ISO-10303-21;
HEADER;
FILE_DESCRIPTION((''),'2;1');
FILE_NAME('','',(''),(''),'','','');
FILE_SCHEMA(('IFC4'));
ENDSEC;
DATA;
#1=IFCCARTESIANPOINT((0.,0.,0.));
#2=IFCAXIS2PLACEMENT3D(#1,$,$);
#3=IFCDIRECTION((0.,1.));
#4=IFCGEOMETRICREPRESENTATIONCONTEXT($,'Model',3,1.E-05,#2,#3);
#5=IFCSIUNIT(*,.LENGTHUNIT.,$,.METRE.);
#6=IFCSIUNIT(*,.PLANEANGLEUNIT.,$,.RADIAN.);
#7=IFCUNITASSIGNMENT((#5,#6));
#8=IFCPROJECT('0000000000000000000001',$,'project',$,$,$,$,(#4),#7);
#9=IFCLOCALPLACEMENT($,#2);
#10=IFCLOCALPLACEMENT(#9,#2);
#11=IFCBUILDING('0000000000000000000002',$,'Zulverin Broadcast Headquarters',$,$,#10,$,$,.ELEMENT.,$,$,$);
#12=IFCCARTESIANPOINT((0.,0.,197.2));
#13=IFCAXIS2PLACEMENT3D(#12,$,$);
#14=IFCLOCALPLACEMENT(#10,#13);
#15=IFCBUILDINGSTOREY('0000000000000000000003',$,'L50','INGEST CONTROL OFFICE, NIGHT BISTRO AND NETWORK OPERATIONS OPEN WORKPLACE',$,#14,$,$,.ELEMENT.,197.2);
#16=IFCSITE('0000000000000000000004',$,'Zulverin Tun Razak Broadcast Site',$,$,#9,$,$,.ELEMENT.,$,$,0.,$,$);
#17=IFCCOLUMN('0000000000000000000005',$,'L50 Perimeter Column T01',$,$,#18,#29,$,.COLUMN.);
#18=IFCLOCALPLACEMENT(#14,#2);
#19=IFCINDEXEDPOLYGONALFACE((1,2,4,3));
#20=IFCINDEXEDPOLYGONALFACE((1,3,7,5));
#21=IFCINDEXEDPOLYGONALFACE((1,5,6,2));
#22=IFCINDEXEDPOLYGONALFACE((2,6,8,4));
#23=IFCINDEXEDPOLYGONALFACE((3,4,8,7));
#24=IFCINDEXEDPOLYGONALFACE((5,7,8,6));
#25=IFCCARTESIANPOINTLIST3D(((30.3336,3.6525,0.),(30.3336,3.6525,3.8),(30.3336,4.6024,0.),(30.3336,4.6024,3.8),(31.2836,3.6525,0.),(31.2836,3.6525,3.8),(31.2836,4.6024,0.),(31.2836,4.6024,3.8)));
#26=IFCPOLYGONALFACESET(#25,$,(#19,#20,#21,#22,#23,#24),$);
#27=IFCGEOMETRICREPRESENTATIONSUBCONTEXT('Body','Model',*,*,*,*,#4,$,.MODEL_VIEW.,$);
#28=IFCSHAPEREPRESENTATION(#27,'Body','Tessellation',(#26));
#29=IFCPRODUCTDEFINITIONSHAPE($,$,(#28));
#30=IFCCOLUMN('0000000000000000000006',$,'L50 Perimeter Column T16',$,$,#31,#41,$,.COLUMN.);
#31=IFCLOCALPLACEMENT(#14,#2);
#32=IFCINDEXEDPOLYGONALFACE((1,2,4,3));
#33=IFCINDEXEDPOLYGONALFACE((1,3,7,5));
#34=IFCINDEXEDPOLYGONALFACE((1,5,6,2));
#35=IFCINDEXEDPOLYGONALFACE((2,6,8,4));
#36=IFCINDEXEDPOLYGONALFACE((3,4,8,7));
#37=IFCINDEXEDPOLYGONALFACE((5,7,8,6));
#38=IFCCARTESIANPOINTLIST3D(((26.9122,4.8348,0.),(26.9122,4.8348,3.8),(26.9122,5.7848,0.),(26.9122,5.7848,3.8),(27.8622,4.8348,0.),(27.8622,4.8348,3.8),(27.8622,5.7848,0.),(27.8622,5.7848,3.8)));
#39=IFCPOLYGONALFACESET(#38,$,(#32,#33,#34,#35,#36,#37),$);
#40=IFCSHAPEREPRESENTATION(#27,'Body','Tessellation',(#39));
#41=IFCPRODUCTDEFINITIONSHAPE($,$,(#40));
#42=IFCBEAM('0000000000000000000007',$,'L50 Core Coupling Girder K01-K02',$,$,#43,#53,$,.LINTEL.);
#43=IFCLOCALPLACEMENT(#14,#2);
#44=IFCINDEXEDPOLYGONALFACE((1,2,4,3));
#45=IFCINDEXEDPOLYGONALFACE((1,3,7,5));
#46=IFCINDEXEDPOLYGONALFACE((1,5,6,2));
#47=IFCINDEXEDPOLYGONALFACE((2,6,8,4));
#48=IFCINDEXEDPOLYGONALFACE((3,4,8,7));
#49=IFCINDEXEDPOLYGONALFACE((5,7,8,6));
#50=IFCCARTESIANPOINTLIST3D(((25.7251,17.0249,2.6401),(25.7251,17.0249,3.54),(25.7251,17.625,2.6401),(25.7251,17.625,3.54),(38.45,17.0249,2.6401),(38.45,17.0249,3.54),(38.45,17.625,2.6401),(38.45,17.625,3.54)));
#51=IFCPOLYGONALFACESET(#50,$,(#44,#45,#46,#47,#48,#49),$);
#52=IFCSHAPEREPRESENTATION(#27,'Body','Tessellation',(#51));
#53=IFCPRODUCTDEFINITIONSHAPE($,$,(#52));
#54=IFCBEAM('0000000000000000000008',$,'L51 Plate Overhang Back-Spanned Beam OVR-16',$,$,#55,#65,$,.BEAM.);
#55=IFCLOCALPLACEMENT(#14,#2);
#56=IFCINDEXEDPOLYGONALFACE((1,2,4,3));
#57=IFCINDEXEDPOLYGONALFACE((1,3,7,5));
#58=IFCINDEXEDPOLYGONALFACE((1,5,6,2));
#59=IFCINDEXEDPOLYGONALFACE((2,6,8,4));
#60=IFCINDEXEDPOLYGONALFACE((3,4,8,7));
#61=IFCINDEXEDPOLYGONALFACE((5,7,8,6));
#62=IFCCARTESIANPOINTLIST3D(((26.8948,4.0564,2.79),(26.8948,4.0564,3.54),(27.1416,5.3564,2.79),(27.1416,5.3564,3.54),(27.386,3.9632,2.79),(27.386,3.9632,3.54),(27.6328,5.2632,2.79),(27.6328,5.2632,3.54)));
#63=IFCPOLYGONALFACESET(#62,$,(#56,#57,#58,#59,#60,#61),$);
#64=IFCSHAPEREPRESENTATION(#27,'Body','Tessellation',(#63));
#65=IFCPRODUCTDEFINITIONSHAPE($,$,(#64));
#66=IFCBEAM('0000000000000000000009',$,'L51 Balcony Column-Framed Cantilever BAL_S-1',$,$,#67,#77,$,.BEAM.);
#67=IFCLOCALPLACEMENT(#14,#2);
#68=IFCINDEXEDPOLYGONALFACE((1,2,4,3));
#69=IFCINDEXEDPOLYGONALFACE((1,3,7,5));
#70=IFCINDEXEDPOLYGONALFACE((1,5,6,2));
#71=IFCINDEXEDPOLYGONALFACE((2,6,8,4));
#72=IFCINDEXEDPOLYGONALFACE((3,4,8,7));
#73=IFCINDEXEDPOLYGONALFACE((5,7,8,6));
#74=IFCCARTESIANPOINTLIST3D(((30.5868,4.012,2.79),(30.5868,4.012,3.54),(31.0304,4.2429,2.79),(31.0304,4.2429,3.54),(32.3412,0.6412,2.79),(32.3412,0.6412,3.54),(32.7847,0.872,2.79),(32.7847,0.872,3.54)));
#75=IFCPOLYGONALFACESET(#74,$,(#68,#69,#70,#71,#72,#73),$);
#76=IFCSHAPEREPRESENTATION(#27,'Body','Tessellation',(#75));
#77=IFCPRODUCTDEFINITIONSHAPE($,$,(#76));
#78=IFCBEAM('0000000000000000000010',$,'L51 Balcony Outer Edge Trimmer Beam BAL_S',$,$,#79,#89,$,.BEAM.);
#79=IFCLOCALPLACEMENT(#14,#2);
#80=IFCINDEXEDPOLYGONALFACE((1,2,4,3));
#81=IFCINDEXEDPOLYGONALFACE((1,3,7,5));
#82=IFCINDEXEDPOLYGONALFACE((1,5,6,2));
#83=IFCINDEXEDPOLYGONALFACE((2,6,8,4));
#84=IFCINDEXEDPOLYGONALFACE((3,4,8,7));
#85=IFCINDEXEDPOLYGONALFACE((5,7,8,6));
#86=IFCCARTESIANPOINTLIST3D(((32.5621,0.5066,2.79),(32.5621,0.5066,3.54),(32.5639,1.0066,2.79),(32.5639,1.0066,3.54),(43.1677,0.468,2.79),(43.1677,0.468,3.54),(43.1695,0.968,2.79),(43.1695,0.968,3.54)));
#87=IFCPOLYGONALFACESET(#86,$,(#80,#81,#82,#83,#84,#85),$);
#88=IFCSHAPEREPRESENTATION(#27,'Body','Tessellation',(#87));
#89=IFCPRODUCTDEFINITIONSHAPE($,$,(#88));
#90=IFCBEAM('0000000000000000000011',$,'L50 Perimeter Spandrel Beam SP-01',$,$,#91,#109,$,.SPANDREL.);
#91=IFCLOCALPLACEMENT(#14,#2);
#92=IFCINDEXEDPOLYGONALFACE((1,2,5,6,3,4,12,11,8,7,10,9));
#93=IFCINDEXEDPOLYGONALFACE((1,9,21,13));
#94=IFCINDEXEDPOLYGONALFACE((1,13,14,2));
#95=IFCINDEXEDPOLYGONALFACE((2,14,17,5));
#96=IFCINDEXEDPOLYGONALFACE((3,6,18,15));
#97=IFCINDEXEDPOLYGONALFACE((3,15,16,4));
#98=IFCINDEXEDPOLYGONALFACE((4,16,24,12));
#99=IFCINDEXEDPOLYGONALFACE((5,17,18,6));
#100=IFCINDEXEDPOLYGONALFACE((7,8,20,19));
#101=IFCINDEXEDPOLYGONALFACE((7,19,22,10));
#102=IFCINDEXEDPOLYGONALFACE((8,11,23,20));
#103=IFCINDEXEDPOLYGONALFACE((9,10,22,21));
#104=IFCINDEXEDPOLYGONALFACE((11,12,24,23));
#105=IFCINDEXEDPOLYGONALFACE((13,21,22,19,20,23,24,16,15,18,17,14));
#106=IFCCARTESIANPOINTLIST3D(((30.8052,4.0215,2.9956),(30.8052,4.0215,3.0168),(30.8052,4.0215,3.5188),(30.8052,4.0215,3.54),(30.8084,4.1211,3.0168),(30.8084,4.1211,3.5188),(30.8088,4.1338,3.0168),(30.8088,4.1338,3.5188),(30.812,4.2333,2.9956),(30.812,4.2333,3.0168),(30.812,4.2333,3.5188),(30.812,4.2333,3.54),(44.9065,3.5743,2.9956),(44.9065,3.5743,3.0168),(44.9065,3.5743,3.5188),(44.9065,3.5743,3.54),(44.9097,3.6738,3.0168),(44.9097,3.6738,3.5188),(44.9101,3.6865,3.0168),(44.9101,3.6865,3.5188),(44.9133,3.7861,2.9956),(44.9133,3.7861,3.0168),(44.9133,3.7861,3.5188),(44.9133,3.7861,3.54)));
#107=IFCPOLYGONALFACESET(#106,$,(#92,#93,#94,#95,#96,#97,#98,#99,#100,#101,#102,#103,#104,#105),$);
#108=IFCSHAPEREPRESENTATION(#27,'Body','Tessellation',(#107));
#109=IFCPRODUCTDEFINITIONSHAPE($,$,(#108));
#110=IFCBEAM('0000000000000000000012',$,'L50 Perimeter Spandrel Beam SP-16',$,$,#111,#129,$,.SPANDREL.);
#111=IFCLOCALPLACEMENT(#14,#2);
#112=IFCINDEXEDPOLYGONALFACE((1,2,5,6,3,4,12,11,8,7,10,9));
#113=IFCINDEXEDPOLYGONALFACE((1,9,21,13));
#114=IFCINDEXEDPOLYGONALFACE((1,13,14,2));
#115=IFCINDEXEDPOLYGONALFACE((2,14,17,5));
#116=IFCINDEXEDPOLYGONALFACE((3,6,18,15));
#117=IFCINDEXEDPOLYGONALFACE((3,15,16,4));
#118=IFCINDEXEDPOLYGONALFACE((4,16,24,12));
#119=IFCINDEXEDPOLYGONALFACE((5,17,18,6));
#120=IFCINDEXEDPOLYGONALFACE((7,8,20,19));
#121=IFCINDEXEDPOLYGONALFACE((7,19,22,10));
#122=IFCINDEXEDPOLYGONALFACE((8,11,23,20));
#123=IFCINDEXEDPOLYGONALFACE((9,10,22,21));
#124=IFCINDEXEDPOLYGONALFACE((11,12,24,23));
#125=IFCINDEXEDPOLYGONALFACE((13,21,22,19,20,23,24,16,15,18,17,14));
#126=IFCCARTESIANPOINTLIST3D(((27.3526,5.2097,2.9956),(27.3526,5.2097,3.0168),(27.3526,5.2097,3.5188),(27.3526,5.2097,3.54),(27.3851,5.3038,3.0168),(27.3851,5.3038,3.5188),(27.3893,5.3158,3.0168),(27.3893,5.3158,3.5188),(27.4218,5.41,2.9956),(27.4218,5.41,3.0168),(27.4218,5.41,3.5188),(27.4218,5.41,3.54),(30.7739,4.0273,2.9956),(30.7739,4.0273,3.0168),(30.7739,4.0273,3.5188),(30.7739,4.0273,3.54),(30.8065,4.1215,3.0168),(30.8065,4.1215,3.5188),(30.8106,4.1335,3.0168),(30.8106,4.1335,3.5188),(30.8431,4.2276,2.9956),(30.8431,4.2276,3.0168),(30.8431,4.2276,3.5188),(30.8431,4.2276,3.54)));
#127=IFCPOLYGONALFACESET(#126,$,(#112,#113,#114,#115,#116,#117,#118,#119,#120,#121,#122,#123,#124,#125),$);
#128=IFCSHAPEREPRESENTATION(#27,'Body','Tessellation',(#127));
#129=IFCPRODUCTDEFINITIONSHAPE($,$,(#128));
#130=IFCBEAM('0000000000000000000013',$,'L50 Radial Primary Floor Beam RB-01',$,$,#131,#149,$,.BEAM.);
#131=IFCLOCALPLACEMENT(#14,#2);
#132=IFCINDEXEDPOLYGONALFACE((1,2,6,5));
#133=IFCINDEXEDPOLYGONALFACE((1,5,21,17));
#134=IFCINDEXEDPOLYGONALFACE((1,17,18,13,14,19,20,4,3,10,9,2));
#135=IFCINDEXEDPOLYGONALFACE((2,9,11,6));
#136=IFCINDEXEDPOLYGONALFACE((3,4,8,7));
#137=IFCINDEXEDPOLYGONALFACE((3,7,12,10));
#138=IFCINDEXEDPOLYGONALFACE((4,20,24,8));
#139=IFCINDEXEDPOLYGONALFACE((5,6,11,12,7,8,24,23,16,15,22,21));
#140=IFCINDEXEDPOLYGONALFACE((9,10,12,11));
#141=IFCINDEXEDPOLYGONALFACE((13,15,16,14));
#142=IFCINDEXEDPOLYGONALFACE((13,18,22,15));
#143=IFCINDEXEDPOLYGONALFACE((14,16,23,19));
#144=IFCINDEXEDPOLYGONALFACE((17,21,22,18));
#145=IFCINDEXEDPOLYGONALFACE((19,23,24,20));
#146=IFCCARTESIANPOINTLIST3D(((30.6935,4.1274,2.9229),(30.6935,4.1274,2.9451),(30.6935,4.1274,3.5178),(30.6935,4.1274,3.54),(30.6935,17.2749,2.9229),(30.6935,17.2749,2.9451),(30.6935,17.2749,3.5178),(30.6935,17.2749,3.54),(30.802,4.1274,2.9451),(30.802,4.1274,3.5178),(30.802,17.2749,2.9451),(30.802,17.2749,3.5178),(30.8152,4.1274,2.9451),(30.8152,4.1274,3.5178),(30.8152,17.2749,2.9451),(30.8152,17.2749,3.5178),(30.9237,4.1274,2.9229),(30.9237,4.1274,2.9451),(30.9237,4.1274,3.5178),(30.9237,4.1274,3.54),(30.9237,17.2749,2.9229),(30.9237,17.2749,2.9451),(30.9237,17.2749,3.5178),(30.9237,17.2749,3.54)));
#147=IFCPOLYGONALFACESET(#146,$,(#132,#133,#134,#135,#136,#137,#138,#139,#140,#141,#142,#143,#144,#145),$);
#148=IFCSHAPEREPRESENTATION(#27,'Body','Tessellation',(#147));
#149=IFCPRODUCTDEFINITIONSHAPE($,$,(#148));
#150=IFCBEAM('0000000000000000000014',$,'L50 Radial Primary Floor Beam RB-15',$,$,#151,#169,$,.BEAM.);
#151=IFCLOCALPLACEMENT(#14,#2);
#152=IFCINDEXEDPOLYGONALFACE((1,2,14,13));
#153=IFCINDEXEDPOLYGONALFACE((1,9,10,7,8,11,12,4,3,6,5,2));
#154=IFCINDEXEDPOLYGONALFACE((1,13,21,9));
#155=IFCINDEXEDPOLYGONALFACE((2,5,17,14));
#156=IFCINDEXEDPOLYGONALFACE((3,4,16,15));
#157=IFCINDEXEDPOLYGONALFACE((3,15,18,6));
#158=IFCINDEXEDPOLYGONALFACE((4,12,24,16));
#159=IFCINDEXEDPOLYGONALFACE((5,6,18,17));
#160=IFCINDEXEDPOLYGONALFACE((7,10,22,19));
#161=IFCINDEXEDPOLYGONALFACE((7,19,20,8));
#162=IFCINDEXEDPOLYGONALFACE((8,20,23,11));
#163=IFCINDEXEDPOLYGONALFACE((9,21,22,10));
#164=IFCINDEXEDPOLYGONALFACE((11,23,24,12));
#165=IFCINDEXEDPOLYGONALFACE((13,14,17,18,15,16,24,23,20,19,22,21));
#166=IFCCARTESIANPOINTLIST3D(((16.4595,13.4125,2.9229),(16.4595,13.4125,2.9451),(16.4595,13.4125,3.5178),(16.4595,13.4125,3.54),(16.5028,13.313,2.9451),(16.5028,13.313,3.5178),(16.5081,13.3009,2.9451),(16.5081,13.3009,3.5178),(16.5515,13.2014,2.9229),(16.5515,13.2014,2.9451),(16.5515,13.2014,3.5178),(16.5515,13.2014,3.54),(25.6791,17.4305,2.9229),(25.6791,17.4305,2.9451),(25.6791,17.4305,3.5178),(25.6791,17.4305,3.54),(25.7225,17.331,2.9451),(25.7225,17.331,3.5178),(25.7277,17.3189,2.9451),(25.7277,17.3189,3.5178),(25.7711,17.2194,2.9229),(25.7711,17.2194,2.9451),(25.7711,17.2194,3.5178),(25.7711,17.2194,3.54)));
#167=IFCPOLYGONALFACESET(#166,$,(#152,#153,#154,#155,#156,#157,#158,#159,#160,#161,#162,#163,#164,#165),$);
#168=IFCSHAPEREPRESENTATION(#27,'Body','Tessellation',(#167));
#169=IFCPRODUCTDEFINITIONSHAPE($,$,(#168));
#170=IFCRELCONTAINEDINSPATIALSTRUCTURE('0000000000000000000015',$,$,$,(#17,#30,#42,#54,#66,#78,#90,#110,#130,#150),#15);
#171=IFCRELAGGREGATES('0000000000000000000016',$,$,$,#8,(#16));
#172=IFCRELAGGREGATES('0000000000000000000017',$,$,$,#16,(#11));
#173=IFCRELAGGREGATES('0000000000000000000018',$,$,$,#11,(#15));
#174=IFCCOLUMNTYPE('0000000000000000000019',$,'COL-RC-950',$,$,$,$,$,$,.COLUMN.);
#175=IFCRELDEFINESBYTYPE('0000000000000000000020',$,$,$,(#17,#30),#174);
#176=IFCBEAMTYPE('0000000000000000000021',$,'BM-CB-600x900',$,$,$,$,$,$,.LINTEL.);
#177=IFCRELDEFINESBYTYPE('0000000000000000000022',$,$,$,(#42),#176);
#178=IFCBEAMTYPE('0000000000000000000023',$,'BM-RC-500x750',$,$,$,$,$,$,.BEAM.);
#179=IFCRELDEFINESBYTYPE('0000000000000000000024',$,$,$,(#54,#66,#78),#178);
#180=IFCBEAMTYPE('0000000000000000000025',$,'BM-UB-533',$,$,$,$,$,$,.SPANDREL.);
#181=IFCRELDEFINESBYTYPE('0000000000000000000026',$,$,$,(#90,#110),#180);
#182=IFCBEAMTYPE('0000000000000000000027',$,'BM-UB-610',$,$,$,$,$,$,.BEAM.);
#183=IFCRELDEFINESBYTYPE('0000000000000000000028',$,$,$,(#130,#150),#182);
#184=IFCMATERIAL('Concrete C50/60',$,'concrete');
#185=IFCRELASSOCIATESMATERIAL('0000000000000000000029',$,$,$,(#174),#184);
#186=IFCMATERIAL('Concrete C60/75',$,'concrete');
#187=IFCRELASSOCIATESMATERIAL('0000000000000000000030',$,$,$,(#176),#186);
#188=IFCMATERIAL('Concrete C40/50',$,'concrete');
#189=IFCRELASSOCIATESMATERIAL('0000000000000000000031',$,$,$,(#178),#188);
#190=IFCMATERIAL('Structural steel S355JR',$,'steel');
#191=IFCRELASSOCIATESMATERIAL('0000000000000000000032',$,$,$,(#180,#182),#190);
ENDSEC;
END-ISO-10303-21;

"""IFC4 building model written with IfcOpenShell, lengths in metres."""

from ifc_helpers import new_model, si_unit, direction, frame, origin, origin_2d, place, context, subcontext, project, spatial, rectangle, i_section, extrude, material, material_profile, profile_set, type_object, element, save


model = new_model("IFC4")

# Units and contexts
model_context = context("Model", 3, precision=1e-05, world=origin(), true_north=direction((0.0, 1.0)))
body_context = subcontext(model_context, "Body", "Model", "MODEL_VIEW")
ifc_project = project(units=[si_unit("LENGTHUNIT", "METRE"), si_unit("PLANEANGLEUNIT", "RADIAN")], contexts=[model_context])

# Site, building, storey
site_placement = place(None, origin())
site = spatial("IfcSite", under=ifc_project, at=site_placement, Name="Zulverin Tun Razak Broadcast Site", CompositionType="ELEMENT", RefElevation=0.0)
building_placement = place(site_placement, origin())
building = spatial("IfcBuilding", under=site, at=building_placement, Name="Zulverin Broadcast Headquarters", CompositionType="ELEMENT")
storey_placement = place(building_placement, frame((0.0, 0.0, 197.2)))
storey = spatial("IfcBuildingStorey", under=building, at=storey_placement, Name="L50", Description="INGEST CONTROL OFFICE, NIGHT BISTRO AND NETWORK OPERATIONS OPEN WORKPLACE", CompositionType="ELEMENT", Elevation=197.2)

# Columns
ifc_material_1 = material(Name="Concrete C50/60", Category="concrete")
ifc_material_profile_1 = material_profile(ifc_material_1, rectangle(XDim=0.95, YDim=0.95, at=origin_2d()), Name="Concrete C50/60", Category="concrete")
ifc_profile_set_1 = profile_set([ifc_material_profile_1], Name="Concrete C50/60")
column_type = type_object("IfcColumnType", Name="COL-RC-950", PredefinedType="COLUMN", material=ifc_profile_set_1)
for number, where, z_axis, x_axis, name in (
    (1, (30.8086, 4.1274, 0.0), (0.0, 0.0, 1.0), (1.0, 0.0, 0.0), "L50 Perimeter Column T01"),
    (2, (27.3872, 5.3098, 0.0), (0.0, 0.0, 1.0), (1.0, 0.0, 0.0), "L50 Perimeter Column T16"),
):
    element("IfcColumn", number, at=place(storey_placement, frame(where, z_axis=z_axis, x_axis=x_axis)), inside=storey, type_object=column_type, Name=name, PredefinedType="COLUMN", context=body_context, shape_type="SweptSolid", body=[
        extrude(rectangle(XDim=0.95, YDim=0.95, at=origin_2d()), origin(), (0.0, 0.0, 1.0), 3.8),
    ])

# Beams
ifc_material_2 = material(Name="Concrete C60/75", Category="concrete")
ifc_material_profile_2 = material_profile(ifc_material_2, rectangle(XDim=0.6001, YDim=0.8999, at=origin_2d()), Name="Concrete C60/75", Category="concrete")
ifc_profile_set_2 = profile_set([ifc_material_profile_2], Name="Concrete C60/75")
beam_type_1 = type_object("IfcBeamType", Name="BM-CB-600x900", PredefinedType="LINTEL", material=ifc_profile_set_2)
beam_1_placement = place(storey_placement, frame((25.7251, 17.325, 3.0901), z_axis=(1.0, 0.0, 0.0), x_axis=(0.0, 1.0, 0.0)))
element("IfcBeam", 3, at=beam_1_placement, inside=storey, type_object=beam_type_1, Name="L50 Core Coupling Girder K01-K02", PredefinedType="LINTEL", context=body_context, shape_type="SweptSolid", body=[
    extrude(rectangle(XDim=0.6001, YDim=0.8999, at=origin_2d()), origin(), (0.0, 0.0, 1.0), 12.7249),
])
ifc_material_3 = material(Name="Concrete C40/50", Category="concrete")
ifc_material_profile_3 = material_profile(ifc_material_3, rectangle(XDim=0.5, YDim=0.75, at=origin_2d()), Name="Concrete C40/50", Category="concrete")
ifc_profile_set_3 = profile_set([ifc_material_profile_3], Name="Concrete C40/50")
beam_type_2 = type_object("IfcBeamType", Name="BM-RC-500x750", PredefinedType="BEAM", material=ifc_profile_set_3)
beam_2_placement = place(storey_placement, frame((27.3872, 5.3098, 3.165), z_axis=(-0.186527, -0.98245, 0.0), x_axis=(0.98245, -0.186527, 0.0)))
element("IfcBeam", 4, at=beam_2_placement, inside=storey, type_object=beam_type_2, Name="L51 Plate Overhang Back-Spanned Beam OVR-16", PredefinedType="BEAM", context=body_context, shape_type="SweptSolid", body=[
    extrude(rectangle(XDim=0.5, YDim=0.75, at=origin_2d()), origin(), (0.0, 0.0, 1.0), 1.3232),
])
beam_3_placement = place(storey_placement, frame((30.8086, 4.1274, 3.165), z_axis=(0.461674, -0.887049, 0.0), x_axis=(0.887049, 0.461674, 0.0)))
element("IfcBeam", 5, at=beam_3_placement, inside=storey, type_object=beam_type_2, Name="L51 Balcony Column-Framed Cantilever BAL_S-1", PredefinedType="BEAM", context=body_context, shape_type="SweptSolid", body=[
    extrude(rectangle(XDim=0.5, YDim=0.75, at=origin_2d()), origin(), (0.0, 0.0, 1.0), 3.8),
])
beam_4_placement = place(storey_placement, frame((32.563, 0.7566, 3.165), z_axis=(0.999993, -0.003637, 0.0), x_axis=(0.003637, 0.999993, 0.0)))
element("IfcBeam", 6, at=beam_4_placement, inside=storey, type_object=beam_type_2, Name="L51 Balcony Outer Edge Trimmer Beam BAL_S", PredefinedType="BEAM", context=body_context, shape_type="SweptSolid", body=[
    extrude(rectangle(XDim=0.5, YDim=0.75, at=origin_2d()), origin(), (0.0, 0.0, 1.0), 10.6057),
])
ifc_material_4 = material(Name="Structural steel S355JR", Category="steel")
ifc_material_profile_4 = material_profile(ifc_material_4, i_section(OverallWidth=0.2119, OverallDepth=0.5444, WebThickness=0.0127, FlangeThickness=0.0212, at=origin_2d()), Name="Structural steel S355JR", Category="steel")
ifc_profile_set_4 = profile_set([ifc_material_profile_4], Name="Structural steel S355JR")
beam_type_3 = type_object("IfcBeamType", Name="BM-UB-533", PredefinedType="SPANDREL", material=ifc_profile_set_4)
beam_5_placement = place(storey_placement, frame((30.8086, 4.1274, 3.2678), z_axis=(0.999497, -0.031702, 0.0), x_axis=(0.031702, 0.999497, 0.0)))
element("IfcBeam", 7, at=beam_5_placement, inside=storey, type_object=beam_type_3, Name="L50 Perimeter Spandrel Beam SP-01", PredefinedType="SPANDREL", context=body_context, shape_type="SweptSolid", body=[
    extrude(i_section(OverallWidth=0.2119, OverallDepth=0.5444, WebThickness=0.0127, FlangeThickness=0.0212, at=origin_2d()), origin(), (0.0, 0.0, 1.0), 14.1084),
])
beam_6_placement = place(storey_placement, frame((27.3872, 5.3098, 3.2678), z_axis=(0.945153, -0.326629, 0.0), x_axis=(0.326629, 0.945153, 0.0)))
element("IfcBeam", 8, at=beam_6_placement, inside=storey, type_object=beam_type_3, Name="L50 Perimeter Spandrel Beam SP-16", PredefinedType="SPANDREL", context=body_context, shape_type="SweptSolid", body=[
    extrude(i_section(OverallWidth=0.2119, OverallDepth=0.5444, WebThickness=0.0127, FlangeThickness=0.0212, at=origin_2d()), origin(), (0.0, 0.0, 1.0), 3.6199),
])
ifc_material_profile_5 = material_profile(ifc_material_4, i_section(OverallWidth=0.2302, OverallDepth=0.6172, WebThickness=0.0132, FlangeThickness=0.0222, at=origin_2d()), Name="Structural steel S355JR", Category="steel")
ifc_profile_set_5 = profile_set([ifc_material_profile_5], Name="Structural steel S355JR")
beam_type_4 = type_object("IfcBeamType", Name="BM-UB-610", PredefinedType="BEAM", material=ifc_profile_set_5)
beam_7_placement = place(storey_placement, frame((30.8086, 17.2749, 3.2314), z_axis=(0.0, -1.0, 0.0), x_axis=(1.0, 0.0, 0.0)))
element("IfcBeam", 9, at=beam_7_placement, inside=storey, type_object=beam_type_4, Name="L50 Radial Primary Floor Beam RB-01", PredefinedType="BEAM", context=body_context, shape_type="SweptSolid", body=[
    extrude(i_section(OverallWidth=0.2302, OverallDepth=0.6172, WebThickness=0.0132, FlangeThickness=0.0222, at=origin_2d()), origin(), (0.0, 0.0, 1.0), 13.1475),
])
beam_8_placement = place(storey_placement, frame((25.7251, 17.325, 3.2314), z_axis=(-0.916725, -0.39952, 0.0), x_axis=(0.39952, -0.916725, 0.0)))
element("IfcBeam", 10, at=beam_8_placement, inside=storey, type_object=beam_type_4, Name="L50 Radial Primary Floor Beam RB-15", PredefinedType="BEAM", context=body_context, shape_type="SweptSolid", body=[
    extrude(i_section(OverallWidth=0.2302, OverallDepth=0.6172, WebThickness=0.0132, FlangeThickness=0.0222, at=origin_2d()), origin(), (0.0, 0.0, 1.0), 10.0571),
])

save(model, "model.ifc")
